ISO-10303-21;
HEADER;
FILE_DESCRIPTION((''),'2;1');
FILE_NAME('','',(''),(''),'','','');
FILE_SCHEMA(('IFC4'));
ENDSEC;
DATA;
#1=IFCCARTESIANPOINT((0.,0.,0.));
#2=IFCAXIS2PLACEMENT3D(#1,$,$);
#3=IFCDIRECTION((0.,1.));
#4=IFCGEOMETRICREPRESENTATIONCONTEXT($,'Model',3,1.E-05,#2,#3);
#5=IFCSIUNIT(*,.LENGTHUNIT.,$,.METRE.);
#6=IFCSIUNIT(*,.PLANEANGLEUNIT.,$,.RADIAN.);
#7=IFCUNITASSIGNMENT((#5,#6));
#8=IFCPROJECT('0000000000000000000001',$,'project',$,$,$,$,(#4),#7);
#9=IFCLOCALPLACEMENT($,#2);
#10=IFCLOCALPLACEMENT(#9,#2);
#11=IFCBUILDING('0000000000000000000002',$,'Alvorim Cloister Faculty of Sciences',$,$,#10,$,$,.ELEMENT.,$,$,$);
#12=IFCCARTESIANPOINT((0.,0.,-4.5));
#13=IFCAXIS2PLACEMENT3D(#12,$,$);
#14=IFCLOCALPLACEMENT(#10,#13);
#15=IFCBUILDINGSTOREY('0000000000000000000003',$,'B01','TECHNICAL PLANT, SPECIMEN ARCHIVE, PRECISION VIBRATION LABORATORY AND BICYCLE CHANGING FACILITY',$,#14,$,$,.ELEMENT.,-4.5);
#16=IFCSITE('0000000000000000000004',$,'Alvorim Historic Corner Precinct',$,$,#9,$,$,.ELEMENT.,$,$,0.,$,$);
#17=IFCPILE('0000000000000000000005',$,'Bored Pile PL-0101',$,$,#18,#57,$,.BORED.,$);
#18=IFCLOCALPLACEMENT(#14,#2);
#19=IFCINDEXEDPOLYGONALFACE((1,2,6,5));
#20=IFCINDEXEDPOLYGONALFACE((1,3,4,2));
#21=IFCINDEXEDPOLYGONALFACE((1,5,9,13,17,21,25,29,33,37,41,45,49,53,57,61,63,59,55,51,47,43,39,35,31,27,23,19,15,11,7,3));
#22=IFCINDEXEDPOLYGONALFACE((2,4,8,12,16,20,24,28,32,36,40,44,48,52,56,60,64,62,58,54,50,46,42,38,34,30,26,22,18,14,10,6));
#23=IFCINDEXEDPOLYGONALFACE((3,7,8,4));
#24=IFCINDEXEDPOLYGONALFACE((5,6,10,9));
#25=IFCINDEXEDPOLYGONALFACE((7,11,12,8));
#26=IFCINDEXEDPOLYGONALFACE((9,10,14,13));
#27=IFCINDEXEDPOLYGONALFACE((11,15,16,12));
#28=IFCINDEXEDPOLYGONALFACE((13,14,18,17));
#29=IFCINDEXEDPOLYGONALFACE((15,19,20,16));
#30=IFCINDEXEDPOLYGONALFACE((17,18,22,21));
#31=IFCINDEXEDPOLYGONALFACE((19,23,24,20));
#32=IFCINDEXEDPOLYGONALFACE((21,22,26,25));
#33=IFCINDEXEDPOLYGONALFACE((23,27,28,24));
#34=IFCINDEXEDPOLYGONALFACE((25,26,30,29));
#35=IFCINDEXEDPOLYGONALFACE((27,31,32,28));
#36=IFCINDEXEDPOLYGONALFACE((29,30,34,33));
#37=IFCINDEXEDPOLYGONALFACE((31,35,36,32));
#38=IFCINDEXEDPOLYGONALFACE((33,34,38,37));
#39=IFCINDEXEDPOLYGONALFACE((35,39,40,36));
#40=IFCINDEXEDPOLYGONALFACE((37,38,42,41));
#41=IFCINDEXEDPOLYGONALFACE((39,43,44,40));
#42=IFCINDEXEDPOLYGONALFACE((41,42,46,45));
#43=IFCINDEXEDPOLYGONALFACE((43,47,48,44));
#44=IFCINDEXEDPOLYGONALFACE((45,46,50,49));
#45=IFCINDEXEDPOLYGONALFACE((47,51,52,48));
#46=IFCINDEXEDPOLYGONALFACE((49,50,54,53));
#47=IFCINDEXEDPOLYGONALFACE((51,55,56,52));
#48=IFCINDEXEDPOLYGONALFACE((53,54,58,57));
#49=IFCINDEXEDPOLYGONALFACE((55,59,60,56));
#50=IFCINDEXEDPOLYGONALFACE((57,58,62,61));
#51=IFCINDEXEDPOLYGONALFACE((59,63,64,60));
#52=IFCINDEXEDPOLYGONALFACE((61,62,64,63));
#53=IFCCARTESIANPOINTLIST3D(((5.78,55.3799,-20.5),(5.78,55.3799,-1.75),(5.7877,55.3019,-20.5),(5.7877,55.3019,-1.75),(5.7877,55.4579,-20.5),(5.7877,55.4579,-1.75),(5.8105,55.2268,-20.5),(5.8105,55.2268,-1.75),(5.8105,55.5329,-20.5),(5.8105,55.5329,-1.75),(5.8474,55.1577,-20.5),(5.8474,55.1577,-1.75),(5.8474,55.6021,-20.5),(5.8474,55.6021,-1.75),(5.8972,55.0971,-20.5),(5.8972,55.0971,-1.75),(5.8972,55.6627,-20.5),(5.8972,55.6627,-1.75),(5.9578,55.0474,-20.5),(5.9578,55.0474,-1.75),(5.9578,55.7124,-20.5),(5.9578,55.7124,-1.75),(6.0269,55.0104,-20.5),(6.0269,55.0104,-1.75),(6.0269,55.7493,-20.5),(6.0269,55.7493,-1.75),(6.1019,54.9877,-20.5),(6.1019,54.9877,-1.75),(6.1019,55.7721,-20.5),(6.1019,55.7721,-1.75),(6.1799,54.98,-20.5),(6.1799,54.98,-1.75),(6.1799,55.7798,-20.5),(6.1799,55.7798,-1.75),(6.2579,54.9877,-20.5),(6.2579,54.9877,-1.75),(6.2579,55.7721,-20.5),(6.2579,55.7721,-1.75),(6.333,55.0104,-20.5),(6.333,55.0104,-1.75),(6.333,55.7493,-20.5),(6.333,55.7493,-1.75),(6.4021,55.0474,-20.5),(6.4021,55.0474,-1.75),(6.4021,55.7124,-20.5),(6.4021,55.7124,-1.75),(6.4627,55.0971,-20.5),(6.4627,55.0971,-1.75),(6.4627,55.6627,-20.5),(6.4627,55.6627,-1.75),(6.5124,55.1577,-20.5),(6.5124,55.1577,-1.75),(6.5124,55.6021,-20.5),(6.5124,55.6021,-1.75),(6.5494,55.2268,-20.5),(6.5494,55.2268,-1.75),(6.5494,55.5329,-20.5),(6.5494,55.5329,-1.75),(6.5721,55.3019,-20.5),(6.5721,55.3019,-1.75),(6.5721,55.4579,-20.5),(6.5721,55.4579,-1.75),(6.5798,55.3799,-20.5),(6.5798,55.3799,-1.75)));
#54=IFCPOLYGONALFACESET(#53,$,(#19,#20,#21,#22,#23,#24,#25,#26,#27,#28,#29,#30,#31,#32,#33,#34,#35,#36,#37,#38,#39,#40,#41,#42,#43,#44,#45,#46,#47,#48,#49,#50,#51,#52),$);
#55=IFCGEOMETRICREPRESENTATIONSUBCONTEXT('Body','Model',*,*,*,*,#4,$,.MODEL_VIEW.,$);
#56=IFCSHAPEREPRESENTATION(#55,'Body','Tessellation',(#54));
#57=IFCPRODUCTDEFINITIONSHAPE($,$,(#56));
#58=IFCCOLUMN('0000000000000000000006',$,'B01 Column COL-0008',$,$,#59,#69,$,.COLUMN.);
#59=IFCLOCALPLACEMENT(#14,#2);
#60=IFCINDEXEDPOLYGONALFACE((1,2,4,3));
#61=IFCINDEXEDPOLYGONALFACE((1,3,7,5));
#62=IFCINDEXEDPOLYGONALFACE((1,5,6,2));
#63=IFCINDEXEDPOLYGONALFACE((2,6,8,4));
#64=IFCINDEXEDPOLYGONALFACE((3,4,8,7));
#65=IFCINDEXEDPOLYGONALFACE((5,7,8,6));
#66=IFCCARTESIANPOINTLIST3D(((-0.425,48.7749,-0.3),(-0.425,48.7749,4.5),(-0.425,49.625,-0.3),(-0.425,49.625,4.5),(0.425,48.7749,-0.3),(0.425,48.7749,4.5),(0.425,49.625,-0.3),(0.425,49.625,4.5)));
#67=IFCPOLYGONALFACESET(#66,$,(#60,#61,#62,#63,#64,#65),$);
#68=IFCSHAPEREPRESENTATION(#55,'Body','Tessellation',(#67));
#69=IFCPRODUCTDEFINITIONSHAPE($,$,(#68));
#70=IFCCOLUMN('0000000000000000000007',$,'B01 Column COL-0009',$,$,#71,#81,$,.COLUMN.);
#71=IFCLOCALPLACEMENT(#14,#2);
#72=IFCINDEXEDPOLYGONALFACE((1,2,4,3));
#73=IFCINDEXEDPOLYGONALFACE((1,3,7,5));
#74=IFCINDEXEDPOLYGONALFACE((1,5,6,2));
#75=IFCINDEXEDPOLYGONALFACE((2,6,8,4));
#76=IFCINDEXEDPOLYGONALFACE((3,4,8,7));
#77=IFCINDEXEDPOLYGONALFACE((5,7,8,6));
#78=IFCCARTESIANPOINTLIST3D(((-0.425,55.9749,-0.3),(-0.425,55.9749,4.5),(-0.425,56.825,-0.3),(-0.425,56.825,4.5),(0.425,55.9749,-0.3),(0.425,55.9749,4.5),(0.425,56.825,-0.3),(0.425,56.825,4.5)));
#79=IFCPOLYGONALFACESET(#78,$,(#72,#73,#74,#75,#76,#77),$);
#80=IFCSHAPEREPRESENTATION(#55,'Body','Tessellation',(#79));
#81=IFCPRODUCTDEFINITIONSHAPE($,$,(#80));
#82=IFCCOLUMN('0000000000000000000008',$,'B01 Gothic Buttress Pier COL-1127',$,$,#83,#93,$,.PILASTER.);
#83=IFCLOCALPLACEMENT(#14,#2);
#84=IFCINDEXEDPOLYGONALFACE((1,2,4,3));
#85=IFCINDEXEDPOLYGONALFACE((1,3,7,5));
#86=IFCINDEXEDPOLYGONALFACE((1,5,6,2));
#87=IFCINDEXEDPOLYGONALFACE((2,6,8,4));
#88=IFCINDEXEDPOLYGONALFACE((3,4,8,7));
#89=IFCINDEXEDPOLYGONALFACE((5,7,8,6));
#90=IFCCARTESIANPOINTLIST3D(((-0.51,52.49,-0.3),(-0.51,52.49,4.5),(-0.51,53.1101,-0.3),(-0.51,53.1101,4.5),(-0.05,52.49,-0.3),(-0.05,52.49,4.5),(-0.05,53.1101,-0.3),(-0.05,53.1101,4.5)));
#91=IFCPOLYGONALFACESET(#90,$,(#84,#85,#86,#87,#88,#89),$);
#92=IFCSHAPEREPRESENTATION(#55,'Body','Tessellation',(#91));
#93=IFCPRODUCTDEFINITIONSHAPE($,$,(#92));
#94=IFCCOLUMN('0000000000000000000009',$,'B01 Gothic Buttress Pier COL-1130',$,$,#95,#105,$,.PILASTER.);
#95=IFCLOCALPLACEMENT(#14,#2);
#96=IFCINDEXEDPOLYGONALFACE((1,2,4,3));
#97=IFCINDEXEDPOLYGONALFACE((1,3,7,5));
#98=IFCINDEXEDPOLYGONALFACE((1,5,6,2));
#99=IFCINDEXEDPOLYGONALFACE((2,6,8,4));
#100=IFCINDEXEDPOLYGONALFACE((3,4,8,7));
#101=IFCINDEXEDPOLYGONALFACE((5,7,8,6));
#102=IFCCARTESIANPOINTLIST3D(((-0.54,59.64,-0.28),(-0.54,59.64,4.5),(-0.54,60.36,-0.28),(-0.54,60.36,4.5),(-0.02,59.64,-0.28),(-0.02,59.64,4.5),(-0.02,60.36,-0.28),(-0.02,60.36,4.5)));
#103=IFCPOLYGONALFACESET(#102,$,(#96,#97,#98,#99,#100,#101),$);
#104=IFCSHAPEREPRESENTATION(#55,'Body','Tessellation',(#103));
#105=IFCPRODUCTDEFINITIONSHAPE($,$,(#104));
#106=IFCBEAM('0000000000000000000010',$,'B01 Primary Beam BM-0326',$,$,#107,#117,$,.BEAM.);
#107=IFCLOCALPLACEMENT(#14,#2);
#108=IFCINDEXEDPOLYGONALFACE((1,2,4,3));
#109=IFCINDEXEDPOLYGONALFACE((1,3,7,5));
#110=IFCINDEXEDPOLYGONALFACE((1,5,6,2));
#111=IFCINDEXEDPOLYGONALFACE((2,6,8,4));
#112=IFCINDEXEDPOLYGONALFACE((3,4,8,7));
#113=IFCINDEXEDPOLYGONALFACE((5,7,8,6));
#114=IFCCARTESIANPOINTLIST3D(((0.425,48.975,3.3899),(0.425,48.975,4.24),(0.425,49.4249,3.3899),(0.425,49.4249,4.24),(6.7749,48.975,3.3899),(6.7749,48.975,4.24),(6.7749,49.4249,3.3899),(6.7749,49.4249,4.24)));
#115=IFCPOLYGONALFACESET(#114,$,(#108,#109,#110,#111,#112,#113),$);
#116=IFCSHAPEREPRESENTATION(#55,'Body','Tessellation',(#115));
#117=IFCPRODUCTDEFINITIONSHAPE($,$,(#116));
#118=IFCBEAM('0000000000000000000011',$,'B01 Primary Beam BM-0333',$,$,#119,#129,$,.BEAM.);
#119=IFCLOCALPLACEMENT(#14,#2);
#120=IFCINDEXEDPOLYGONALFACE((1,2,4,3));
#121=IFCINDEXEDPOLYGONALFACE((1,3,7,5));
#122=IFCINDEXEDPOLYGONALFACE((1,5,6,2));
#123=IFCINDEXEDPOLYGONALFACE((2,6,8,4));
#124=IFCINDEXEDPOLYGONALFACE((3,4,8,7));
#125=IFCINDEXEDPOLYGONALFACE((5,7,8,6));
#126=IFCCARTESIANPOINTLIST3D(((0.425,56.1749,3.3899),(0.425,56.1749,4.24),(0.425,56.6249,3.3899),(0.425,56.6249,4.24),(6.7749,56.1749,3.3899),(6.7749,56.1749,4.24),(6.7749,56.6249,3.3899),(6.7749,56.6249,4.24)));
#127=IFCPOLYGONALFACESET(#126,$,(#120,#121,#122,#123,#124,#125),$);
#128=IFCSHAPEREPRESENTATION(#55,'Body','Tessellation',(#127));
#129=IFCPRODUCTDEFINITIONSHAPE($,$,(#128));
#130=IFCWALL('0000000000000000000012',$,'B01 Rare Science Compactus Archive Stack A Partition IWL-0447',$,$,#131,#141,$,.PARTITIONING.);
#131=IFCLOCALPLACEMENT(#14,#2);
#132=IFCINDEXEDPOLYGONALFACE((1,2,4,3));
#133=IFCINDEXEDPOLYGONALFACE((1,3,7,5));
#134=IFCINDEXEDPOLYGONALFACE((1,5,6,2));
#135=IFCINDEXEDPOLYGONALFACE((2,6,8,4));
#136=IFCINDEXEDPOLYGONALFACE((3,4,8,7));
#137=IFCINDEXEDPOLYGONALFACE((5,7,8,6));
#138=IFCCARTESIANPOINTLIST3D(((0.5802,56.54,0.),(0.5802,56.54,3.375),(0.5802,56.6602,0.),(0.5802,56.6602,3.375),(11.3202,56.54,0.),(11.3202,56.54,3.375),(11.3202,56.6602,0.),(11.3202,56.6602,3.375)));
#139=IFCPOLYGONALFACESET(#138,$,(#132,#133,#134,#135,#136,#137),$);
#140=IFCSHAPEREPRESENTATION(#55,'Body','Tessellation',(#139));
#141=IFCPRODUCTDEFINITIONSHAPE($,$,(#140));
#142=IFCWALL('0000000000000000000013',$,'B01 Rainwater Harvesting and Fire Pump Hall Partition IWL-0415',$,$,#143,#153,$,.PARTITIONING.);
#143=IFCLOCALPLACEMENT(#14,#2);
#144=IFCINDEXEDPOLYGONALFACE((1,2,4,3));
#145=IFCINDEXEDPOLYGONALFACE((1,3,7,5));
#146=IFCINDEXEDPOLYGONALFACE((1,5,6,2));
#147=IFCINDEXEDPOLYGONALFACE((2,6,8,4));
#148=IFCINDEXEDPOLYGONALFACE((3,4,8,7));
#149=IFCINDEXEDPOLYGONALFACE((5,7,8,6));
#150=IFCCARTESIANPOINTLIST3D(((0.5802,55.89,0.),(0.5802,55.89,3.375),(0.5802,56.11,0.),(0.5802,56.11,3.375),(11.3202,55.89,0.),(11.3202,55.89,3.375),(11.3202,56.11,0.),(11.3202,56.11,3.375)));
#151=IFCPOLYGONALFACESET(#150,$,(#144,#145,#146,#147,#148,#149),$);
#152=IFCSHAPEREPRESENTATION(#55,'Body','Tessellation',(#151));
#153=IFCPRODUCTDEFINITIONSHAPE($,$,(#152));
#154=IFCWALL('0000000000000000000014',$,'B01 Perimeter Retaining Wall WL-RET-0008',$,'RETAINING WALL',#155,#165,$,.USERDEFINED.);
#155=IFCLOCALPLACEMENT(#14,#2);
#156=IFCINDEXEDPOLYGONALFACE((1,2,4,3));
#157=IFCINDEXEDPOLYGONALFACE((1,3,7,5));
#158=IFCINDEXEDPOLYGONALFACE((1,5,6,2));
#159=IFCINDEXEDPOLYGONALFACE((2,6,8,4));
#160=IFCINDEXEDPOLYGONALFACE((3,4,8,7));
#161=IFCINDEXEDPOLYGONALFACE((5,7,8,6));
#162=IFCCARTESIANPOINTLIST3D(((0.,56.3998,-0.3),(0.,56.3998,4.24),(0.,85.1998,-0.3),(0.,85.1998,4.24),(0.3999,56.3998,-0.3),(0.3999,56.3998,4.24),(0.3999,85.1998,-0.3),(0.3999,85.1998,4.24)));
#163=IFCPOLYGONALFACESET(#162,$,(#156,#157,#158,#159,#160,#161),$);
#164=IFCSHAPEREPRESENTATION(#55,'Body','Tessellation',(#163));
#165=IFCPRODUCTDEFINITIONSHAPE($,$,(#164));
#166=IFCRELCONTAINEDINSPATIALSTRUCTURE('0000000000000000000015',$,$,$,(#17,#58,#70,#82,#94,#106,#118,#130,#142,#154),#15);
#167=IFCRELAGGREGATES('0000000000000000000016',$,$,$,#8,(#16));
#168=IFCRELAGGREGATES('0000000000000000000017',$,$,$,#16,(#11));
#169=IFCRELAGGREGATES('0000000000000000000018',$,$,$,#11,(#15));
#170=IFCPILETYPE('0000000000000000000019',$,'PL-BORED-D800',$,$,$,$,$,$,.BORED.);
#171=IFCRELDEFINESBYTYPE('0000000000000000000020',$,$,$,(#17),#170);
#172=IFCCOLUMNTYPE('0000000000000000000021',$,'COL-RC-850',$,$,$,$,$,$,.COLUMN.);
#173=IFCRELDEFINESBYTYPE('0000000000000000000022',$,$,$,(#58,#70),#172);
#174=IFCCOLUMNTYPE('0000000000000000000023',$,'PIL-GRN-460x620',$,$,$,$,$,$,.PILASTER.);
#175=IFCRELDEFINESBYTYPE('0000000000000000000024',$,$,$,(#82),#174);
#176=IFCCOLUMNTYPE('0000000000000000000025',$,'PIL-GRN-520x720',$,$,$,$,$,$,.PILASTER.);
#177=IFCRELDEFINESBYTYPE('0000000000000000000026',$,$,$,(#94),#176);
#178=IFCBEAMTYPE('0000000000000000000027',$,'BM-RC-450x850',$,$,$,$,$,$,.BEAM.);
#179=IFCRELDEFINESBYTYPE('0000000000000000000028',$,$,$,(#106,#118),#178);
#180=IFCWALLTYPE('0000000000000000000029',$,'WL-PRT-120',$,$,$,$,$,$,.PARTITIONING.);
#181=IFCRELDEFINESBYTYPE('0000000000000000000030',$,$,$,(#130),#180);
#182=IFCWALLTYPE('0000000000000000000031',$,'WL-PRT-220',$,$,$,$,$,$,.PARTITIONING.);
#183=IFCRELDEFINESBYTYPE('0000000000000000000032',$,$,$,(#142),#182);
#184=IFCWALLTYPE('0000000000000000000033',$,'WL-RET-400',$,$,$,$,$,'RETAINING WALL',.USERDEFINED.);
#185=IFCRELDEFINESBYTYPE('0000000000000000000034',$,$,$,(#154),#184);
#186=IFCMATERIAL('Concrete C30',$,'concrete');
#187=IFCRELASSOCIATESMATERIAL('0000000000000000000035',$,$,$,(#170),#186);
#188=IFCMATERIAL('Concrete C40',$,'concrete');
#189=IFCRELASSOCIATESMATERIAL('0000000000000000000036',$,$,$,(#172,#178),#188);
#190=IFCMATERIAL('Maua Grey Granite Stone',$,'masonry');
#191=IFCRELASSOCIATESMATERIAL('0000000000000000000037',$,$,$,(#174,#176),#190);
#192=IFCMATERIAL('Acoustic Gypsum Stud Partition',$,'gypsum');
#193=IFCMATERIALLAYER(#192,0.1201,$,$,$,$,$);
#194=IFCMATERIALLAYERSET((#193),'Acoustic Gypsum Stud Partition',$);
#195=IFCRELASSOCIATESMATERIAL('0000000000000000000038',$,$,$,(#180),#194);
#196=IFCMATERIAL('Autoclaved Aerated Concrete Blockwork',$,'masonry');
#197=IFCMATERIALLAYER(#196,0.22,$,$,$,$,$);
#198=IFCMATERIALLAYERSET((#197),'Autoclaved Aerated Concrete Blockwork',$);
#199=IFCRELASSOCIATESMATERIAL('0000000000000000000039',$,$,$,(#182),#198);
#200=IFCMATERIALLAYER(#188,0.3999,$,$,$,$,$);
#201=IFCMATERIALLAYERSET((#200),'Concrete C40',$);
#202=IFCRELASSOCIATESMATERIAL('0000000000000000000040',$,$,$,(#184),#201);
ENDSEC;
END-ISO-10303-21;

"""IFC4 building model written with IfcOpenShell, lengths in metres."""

from ifc_helpers import new_model, si_unit, direction, frame, frame_2d, origin, origin_2d, place, context, subcontext, project, spatial, rectangle, circle, extrude, material, layer, layer_set, material_profile, profile_set, type_object, element, save


model = new_model("IFC4")

# Units and contexts
model_context = context("Model", 3, precision=1e-05, world=origin(), true_north=direction((0.0, 1.0)))
body_context = subcontext(model_context, "Body", "Model", "MODEL_VIEW")
ifc_project = project(units=[si_unit("LENGTHUNIT", "METRE"), si_unit("PLANEANGLEUNIT", "RADIAN")], contexts=[model_context])

# Site, building, storey
site_placement = place(None, origin())
site = spatial("IfcSite", under=ifc_project, at=site_placement, Name="Alvorim Historic Corner Precinct", CompositionType="ELEMENT", RefElevation=0.0)
building_placement = place(site_placement, origin())
building = spatial("IfcBuilding", under=site, at=building_placement, Name="Alvorim Cloister Faculty of Sciences", CompositionType="ELEMENT")
storey_placement = place(building_placement, frame((0.0, 0.0, -4.5)))
storey = spatial("IfcBuildingStorey", under=building, at=storey_placement, Name="B01", Description="TECHNICAL PLANT, SPECIMEN ARCHIVE, PRECISION VIBRATION LABORATORY AND BICYCLE CHANGING FACILITY", CompositionType="ELEMENT", Elevation=-4.5)

# Shared definitions
ifc_material_1 = material(Name="Concrete C40", Category="concrete")

# Pile
ifc_material_2 = material(Name="Concrete C30", Category="concrete")
ifc_material_profile_1 = material_profile(ifc_material_2, circle(Radius=0.3999, at=origin_2d()), Name="PILE-D800")
ifc_profile_set_1 = profile_set([ifc_material_profile_1], Name="Concrete C30")
pile_type_1 = type_object("IfcPileType", Name="PL-BORED-D800", PredefinedType="BORED", material=ifc_profile_set_1)
for number, where, z_axis, x_axis, name in (
    (1, (6.1799, 55.3799, -1.75), (0.0, 0.0, -1.0), (1.0, 0.0, 0.0), "Bored Pile PL-0101"),
):
    element("IfcPile", number, at=place(storey_placement, frame(where, z_axis=z_axis, x_axis=x_axis)), inside=storey, type_object=pile_type_1, Name=name, PredefinedType="BORED", context=body_context, shape_type="SweptSolid", body=[
        extrude(circle(Radius=0.3999, at=origin_2d()), origin(), (0.0, 0.0, 1.0), 18.75),
    ])

# Columns
ifc_material_profile_2 = material_profile(ifc_material_1, rectangle(XDim=0.8501, YDim=0.8501, at=origin_2d()), Name="RC40-COL-850x850")
ifc_profile_set_2 = profile_set([ifc_material_profile_2], Name="Concrete C40")
column_type_1 = type_object("IfcColumnType", Name="COL-RC-850", PredefinedType="COLUMN", material=ifc_profile_set_2)
for number, where, z_axis, x_axis, name in (
    (2, (0.0, 49.2, -0.3), (0.0, 0.0, 1.0), (1.0, 0.0, 0.0), "B01 Column COL-0008"),
    (3, (0.0, 56.3999, -0.3), (0.0, 0.0, 1.0), (1.0, 0.0, 0.0), "B01 Column COL-0009"),
):
    element("IfcColumn", number, at=place(storey_placement, frame(where, z_axis=z_axis, x_axis=x_axis)), inside=storey, type_object=column_type_1, Name=name, PredefinedType="COLUMN", context=body_context, shape_type="SweptSolid", body=[
        extrude(rectangle(XDim=0.8501, YDim=0.8501, at=origin_2d()), origin(), (0.0, 0.0, 1.0), 4.8),
    ])
ifc_material_3 = material(Name="Maua Grey Granite Stone", Category="masonry")
ifc_material_profile_3 = material_profile(ifc_material_3, rectangle(XDim=0.46, YDim=0.6201, at=origin_2d()), Name="GRN-PIER-460x620")
ifc_profile_set_3 = profile_set([ifc_material_profile_3], Name="Maua Grey Granite Stone")
column_type_2 = type_object("IfcColumnType", Name="PIL-GRN-460x620", PredefinedType="PILASTER", material=ifc_profile_set_3)
column_1_placement = place(storey_placement, frame((-0.28, 52.8, -0.3), z_axis=(0.0, 0.0, 1.0), x_axis=(1.0, 0.0, 0.0)))
element("IfcColumn", 4, at=column_1_placement, inside=storey, type_object=column_type_2, Name="B01 Gothic Buttress Pier COL-1127", PredefinedType="PILASTER", context=body_context, shape_type="SweptSolid", body=[
    extrude(rectangle(XDim=0.46, YDim=0.6201, at=origin_2d()), origin(), (0.0, 0.0, 1.0), 4.8),
])
ifc_material_profile_4 = material_profile(ifc_material_3, rectangle(XDim=0.52, YDim=0.72, at=origin_2d()), Name="GRN-PIER-520x720")
ifc_profile_set_4 = profile_set([ifc_material_profile_4], Name="Maua Grey Granite Stone")
column_type_3 = type_object("IfcColumnType", Name="PIL-GRN-520x720", PredefinedType="PILASTER", material=ifc_profile_set_4)
column_2_placement = place(storey_placement, frame((-0.28, 60.0, -0.28), z_axis=(0.0, 0.0, 1.0), x_axis=(1.0, 0.0, 0.0)))
element("IfcColumn", 5, at=column_2_placement, inside=storey, type_object=column_type_3, Name="B01 Gothic Buttress Pier COL-1130", PredefinedType="PILASTER", context=body_context, shape_type="SweptSolid", body=[
    extrude(rectangle(XDim=0.52, YDim=0.72, at=origin_2d()), origin(), (0.0, 0.0, 1.0), 4.78),
])

# Beams
ifc_material_profile_5 = material_profile(ifc_material_1, rectangle(XDim=0.45, YDim=0.8501, at=origin_2d()), Name="RC40-BM-450x850")
ifc_profile_set_5 = profile_set([ifc_material_profile_5], Name="Concrete C40")
beam_type = type_object("IfcBeamType", Name="BM-RC-450x850", PredefinedType="BEAM", material=ifc_profile_set_5)
for number, where, z_axis, x_axis, name in (
    (6, (0.425, 49.2, 3.8149), (1.0, 0.0, 0.0), (0.0, 1.0, 0.0), "B01 Primary Beam BM-0326"),
    (7, (0.425, 56.3999, 3.8149), (1.0, 0.0, 0.0), (0.0, 1.0, 0.0), "B01 Primary Beam BM-0333"),
):
    element("IfcBeam", number, at=place(storey_placement, frame(where, z_axis=z_axis, x_axis=x_axis)), inside=storey, type_object=beam_type, Name=name, PredefinedType="BEAM", context=body_context, shape_type="SweptSolid", body=[
        extrude(rectangle(XDim=0.45, YDim=0.8501, at=origin_2d()), origin(), (0.0, 0.0, 1.0), 6.3499),
    ])

# Walls
ifc_material_4 = material(Name="Acoustic Gypsum Stud Partition", Category="gypsum")
ifc_layer_1 = layer(ifc_material_4, 0.1201)
ifc_layer_set_1 = layer_set([ifc_layer_1], Name="Acoustic Gypsum Stud Partition")
wall_type_1 = type_object("IfcWallType", Name="WL-PRT-120", PredefinedType="PARTITIONING", material=ifc_layer_set_1)
wall_1_placement = place(storey_placement, frame((0.5801, 56.6001, 0.0), z_axis=(0.0, 0.0, 1.0), x_axis=(1.0, 0.0, 0.0)))
element("IfcWall", 8, at=wall_1_placement, inside=storey, type_object=wall_type_1, Name="B01 Rare Science Compactus Archive Stack A Partition IWL-0447", PredefinedType="PARTITIONING", context=body_context, shape_type="SweptSolid", body=[
    extrude(rectangle(XDim=10.74, YDim=0.1201, at=frame_2d((5.3701, 0.0))), origin(), (0.0, 0.0, 1.0), 3.375),
])
ifc_material_5 = material(Name="Autoclaved Aerated Concrete Blockwork", Category="masonry")
ifc_layer_2 = layer(ifc_material_5, 0.22)
ifc_layer_set_2 = layer_set([ifc_layer_2], Name="Autoclaved Aerated Concrete Blockwork")
wall_type_2 = type_object("IfcWallType", Name="WL-PRT-220", PredefinedType="PARTITIONING", material=ifc_layer_set_2)
wall_2_placement = place(storey_placement, frame((0.5801, 56.0, 0.0), z_axis=(0.0, 0.0, 1.0), x_axis=(1.0, 0.0, 0.0)))
element("IfcWall", 9, at=wall_2_placement, inside=storey, type_object=wall_type_2, Name="B01 Rainwater Harvesting and Fire Pump Hall Partition IWL-0415", PredefinedType="PARTITIONING", context=body_context, shape_type="SweptSolid", body=[
    extrude(rectangle(XDim=10.74, YDim=0.22, at=frame_2d((5.3701, 0.0))), origin(), (0.0, 0.0, 1.0), 3.375),
])
ifc_layer_3 = layer(ifc_material_1, 0.3999)
ifc_layer_set_3 = layer_set([ifc_layer_3], Name="Concrete C40")
wall_type_3 = type_object("IfcWallType", Name="WL-RET-400", ElementType="RETAINING WALL", PredefinedType="USERDEFINED", material=ifc_layer_set_3)
wall_3_placement = place(storey_placement, frame((0.2, 56.3999, -0.3), z_axis=(0.0, 0.0, 1.0), x_axis=(0.0, 1.0, 0.0)))
element("IfcWall", 10, at=wall_3_placement, inside=storey, type_object=wall_type_3, Name="B01 Perimeter Retaining Wall WL-RET-0008", ObjectType="RETAINING WALL", PredefinedType="USERDEFINED", context=body_context, shape_type="SweptSolid", body=[
    extrude(rectangle(XDim=28.8, YDim=0.3999, at=frame_2d((14.3999, 0.0))), origin(), (0.0, 0.0, 1.0), 4.54),
])

save(model, "model.ifc")
